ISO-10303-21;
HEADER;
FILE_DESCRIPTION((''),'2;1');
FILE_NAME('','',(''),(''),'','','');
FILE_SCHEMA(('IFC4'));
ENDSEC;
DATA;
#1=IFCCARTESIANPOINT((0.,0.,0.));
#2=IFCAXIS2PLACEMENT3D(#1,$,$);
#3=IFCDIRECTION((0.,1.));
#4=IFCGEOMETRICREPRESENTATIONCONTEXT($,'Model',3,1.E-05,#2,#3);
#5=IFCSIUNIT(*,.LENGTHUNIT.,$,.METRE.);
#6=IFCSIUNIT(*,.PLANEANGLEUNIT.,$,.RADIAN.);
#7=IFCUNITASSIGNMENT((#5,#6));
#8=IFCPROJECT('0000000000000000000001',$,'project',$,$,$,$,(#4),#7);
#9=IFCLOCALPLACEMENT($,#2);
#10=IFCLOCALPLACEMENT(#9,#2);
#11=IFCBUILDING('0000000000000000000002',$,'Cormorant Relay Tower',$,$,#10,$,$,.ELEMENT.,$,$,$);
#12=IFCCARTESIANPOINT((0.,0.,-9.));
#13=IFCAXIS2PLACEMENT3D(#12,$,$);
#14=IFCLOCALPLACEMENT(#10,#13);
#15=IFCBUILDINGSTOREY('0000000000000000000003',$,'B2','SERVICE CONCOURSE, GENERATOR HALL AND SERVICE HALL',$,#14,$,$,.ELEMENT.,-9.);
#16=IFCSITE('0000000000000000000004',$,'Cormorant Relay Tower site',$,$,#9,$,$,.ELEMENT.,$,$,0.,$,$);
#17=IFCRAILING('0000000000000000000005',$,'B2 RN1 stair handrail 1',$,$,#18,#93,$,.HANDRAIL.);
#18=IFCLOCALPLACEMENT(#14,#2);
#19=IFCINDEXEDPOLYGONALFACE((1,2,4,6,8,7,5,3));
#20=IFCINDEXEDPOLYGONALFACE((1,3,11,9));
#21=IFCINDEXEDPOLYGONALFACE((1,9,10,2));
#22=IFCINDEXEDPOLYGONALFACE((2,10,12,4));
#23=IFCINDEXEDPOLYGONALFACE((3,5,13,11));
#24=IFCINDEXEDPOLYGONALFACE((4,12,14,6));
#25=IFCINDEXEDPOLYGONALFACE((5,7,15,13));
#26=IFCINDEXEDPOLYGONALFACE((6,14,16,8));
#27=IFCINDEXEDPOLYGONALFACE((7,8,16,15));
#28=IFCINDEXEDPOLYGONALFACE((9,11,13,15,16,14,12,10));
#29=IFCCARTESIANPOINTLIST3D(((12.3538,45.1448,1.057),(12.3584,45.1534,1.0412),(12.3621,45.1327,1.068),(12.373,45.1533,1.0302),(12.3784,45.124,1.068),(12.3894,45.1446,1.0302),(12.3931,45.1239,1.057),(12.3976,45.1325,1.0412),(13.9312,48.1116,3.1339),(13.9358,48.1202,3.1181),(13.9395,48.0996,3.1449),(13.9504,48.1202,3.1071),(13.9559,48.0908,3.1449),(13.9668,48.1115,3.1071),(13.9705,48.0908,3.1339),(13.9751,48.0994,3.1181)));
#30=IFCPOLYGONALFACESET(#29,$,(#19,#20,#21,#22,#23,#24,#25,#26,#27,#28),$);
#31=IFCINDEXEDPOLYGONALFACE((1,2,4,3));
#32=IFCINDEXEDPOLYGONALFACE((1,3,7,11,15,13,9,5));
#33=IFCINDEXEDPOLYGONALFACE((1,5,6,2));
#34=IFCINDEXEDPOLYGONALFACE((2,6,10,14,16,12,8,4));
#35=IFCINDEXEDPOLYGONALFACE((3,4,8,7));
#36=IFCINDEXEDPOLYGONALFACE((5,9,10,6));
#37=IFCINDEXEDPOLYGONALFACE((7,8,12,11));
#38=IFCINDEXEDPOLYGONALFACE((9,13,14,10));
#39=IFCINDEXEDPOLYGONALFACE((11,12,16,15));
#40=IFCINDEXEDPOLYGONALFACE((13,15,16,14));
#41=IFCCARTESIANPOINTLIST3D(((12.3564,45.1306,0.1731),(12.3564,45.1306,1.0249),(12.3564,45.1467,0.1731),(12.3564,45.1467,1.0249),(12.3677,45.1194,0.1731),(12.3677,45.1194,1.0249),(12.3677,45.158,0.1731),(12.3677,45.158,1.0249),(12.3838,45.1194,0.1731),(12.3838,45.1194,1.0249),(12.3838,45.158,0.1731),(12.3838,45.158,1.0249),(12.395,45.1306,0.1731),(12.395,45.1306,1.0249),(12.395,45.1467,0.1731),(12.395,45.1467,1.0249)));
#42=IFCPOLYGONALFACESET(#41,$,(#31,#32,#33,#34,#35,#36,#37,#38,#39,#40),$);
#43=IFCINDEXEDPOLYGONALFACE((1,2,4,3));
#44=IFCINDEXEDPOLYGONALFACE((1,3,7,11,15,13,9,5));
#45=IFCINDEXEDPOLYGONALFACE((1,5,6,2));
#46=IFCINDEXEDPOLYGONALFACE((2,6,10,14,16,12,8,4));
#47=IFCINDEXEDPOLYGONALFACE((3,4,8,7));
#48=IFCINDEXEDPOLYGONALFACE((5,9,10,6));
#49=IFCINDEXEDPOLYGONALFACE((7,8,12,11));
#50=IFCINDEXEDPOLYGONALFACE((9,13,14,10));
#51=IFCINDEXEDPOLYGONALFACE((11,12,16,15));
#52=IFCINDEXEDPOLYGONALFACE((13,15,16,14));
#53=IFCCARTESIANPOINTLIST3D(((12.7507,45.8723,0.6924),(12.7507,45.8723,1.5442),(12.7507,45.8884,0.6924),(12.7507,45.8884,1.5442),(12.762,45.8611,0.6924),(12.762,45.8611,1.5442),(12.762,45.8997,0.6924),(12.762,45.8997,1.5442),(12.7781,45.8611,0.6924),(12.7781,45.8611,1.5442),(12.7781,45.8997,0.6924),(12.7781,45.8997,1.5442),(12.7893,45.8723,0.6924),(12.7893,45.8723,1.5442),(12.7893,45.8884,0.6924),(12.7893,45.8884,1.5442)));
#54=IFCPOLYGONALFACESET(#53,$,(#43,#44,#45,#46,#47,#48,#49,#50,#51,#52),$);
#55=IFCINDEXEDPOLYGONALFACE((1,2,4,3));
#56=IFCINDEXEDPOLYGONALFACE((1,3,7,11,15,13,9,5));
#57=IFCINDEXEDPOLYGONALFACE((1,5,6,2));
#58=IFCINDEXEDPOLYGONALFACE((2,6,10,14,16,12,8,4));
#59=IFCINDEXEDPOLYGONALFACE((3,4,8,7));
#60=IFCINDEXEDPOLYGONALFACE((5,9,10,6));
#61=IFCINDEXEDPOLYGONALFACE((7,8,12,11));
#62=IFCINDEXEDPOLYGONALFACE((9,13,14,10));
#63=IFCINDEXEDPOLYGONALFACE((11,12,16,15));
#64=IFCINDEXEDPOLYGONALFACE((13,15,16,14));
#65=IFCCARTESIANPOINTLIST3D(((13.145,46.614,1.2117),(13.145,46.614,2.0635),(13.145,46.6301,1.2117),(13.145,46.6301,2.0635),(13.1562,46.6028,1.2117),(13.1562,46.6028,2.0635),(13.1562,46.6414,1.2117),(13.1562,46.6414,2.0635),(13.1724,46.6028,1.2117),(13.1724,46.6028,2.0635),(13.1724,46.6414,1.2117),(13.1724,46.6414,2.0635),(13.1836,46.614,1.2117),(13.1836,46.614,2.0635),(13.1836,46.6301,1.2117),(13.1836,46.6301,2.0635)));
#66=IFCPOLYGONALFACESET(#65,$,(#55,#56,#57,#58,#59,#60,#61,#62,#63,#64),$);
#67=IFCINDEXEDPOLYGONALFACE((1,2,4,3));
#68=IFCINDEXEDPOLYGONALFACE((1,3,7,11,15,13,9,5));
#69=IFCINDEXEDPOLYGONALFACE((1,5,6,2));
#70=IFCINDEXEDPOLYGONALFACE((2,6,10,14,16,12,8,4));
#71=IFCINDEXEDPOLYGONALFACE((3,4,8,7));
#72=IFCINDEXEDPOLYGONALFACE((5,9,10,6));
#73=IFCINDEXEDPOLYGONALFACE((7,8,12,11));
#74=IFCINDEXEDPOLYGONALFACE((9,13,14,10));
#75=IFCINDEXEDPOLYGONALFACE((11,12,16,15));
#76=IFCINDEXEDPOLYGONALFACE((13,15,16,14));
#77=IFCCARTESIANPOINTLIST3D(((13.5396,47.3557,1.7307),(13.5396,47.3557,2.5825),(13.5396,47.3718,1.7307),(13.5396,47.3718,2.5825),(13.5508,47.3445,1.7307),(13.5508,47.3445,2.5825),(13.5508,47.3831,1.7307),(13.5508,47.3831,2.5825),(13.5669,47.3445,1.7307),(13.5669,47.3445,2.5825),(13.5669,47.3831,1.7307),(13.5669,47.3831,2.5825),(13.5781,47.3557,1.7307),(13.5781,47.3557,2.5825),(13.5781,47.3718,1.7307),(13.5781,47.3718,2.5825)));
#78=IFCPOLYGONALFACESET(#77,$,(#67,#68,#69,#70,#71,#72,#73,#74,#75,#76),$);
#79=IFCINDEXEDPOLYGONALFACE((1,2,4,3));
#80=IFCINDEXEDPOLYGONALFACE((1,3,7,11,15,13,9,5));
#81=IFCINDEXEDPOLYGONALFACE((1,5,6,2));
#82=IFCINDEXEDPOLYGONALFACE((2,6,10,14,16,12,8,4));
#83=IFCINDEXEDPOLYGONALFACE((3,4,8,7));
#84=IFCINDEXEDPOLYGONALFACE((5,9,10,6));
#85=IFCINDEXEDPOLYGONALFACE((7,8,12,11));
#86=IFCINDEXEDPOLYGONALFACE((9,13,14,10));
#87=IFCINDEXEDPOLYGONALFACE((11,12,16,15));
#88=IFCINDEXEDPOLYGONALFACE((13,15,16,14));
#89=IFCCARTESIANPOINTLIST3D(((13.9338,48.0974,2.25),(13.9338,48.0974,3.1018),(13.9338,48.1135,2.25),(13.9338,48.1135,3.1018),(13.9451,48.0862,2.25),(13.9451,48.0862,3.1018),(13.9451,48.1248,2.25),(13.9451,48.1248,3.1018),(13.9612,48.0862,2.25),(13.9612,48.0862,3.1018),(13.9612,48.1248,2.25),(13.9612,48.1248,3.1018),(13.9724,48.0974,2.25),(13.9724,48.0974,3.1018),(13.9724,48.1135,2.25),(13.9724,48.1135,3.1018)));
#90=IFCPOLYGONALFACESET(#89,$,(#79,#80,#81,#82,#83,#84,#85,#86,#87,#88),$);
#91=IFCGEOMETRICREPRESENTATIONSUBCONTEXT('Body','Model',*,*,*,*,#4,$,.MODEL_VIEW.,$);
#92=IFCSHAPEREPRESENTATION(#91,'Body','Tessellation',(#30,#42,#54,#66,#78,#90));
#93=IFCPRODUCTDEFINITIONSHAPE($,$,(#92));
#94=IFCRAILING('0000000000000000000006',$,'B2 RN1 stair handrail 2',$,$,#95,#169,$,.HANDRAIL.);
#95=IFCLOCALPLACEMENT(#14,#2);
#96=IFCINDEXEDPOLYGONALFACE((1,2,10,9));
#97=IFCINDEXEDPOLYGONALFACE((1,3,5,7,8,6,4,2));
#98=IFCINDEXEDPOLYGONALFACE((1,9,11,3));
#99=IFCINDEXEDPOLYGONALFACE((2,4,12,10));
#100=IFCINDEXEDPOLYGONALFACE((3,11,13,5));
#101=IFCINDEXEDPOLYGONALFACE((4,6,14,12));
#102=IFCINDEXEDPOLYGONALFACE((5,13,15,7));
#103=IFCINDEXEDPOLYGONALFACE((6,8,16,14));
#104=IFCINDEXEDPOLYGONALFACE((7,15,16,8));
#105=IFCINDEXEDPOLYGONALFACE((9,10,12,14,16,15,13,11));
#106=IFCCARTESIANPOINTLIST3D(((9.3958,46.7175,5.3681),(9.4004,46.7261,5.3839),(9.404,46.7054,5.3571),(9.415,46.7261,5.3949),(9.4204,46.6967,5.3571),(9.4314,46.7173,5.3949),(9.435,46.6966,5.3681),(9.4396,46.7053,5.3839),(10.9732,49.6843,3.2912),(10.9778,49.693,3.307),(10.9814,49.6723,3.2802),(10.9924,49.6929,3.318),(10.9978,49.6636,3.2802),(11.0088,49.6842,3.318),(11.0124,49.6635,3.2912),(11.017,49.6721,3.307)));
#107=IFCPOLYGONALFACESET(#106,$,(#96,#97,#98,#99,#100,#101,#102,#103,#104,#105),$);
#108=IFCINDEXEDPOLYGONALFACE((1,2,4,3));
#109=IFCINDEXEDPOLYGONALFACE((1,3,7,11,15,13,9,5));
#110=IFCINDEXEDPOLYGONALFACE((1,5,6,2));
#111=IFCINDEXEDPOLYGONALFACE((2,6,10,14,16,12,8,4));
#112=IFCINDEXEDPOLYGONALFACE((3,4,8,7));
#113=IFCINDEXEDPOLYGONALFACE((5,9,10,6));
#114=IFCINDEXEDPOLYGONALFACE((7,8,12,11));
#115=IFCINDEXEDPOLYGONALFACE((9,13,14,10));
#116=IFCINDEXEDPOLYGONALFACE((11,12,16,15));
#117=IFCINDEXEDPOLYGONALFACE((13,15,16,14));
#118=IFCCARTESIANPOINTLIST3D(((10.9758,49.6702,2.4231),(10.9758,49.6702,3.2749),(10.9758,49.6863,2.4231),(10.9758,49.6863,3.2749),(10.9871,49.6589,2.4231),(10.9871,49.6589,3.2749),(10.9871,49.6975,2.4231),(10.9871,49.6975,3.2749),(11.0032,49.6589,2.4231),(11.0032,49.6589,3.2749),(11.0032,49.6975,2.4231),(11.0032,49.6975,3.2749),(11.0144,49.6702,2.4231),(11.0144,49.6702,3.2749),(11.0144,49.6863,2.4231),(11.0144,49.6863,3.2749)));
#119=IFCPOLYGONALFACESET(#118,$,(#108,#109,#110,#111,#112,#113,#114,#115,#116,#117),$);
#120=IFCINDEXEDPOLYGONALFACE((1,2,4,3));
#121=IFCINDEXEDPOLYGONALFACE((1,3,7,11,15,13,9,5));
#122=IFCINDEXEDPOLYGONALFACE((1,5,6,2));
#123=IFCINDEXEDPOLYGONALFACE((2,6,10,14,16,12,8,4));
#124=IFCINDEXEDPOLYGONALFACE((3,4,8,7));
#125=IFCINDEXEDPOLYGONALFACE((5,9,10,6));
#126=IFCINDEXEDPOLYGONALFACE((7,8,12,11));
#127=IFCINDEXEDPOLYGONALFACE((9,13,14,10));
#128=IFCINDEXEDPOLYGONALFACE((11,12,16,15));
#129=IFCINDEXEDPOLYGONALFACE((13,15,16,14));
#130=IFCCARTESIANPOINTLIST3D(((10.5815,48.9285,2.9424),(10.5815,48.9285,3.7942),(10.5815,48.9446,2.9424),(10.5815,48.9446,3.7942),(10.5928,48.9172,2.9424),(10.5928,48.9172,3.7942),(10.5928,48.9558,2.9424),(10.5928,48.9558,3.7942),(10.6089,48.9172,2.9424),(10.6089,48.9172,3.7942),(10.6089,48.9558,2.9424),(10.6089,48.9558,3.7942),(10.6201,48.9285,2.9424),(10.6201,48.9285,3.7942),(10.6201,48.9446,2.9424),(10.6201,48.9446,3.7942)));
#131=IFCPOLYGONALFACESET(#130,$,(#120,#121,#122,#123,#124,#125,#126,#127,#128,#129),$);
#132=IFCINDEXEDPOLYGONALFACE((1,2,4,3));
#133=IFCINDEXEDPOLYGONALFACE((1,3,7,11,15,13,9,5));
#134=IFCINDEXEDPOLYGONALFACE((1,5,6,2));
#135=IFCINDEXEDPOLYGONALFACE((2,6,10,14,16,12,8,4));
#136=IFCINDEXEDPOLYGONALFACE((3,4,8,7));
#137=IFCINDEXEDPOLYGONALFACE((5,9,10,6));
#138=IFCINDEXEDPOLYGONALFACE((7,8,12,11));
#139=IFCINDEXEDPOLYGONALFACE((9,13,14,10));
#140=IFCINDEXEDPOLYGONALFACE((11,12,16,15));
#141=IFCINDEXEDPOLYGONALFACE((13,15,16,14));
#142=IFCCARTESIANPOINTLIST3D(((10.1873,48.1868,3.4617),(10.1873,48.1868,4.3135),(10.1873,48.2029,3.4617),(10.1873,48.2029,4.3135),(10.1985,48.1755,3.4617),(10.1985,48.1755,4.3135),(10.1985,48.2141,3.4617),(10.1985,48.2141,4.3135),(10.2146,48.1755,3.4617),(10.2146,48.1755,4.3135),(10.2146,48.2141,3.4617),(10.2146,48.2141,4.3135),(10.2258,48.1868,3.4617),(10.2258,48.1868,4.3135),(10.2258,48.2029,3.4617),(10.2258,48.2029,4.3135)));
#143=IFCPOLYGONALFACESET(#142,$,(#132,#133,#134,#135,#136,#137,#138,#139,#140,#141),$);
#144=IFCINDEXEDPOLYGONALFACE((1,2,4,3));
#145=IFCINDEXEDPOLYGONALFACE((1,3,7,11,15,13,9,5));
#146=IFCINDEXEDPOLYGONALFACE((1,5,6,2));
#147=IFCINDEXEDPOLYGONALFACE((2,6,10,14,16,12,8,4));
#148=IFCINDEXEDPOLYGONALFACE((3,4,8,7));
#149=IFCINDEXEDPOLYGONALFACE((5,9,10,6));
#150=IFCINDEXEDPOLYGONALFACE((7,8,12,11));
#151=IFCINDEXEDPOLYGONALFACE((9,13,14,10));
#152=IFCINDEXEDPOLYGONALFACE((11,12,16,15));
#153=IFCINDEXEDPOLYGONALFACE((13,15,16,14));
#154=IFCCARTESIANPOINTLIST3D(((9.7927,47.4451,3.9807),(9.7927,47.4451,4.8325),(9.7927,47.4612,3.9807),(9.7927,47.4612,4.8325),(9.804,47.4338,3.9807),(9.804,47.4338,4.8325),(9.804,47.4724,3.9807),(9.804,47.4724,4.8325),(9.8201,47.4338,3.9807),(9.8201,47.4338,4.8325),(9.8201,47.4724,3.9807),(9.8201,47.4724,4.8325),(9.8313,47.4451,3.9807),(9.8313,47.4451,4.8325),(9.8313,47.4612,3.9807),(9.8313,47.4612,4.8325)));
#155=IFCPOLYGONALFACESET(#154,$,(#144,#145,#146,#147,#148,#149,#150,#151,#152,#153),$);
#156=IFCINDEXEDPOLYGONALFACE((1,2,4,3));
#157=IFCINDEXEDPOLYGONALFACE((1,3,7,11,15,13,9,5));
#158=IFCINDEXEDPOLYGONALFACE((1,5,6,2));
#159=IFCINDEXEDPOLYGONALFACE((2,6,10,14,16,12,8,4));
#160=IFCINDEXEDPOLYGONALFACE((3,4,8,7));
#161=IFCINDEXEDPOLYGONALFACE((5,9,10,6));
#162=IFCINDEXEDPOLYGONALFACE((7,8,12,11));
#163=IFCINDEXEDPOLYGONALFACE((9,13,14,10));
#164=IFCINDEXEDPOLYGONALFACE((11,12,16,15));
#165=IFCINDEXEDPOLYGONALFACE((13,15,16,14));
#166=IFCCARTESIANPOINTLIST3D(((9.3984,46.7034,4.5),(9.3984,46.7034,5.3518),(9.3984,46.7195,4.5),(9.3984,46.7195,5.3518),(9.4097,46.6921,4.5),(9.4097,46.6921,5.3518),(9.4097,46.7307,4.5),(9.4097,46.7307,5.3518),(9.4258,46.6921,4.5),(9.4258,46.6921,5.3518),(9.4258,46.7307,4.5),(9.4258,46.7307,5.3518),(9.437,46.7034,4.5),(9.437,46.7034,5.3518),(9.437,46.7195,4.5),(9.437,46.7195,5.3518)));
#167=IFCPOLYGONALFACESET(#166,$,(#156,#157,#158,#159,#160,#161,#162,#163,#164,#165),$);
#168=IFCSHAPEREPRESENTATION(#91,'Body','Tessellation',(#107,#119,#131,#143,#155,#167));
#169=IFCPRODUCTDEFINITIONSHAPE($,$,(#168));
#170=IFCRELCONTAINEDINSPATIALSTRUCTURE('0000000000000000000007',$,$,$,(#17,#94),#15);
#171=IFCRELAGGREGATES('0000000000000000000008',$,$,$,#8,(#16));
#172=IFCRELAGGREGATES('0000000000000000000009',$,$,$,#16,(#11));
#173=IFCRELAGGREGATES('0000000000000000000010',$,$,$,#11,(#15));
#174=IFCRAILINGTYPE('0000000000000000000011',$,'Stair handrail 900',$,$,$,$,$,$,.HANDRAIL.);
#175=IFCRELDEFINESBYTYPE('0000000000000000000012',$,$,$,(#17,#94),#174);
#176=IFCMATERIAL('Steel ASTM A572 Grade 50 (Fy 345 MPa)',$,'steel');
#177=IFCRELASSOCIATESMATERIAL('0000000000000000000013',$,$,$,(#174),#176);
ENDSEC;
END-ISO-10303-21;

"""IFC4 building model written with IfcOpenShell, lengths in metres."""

from ifc_helpers import new_model, si_unit, direction, frame, origin, place, context, subcontext, project, spatial, polyline, outline, extrude, material, type_object, element, save


model = new_model("IFC4")

# Units and contexts
model_context = context("Model", 3, precision=1e-05, world=origin(), true_north=direction((0.0, 1.0)))
body_context = subcontext(model_context, "Body", "Model", "MODEL_VIEW")
ifc_project = project(units=[si_unit("LENGTHUNIT", "METRE"), si_unit("PLANEANGLEUNIT", "RADIAN")], contexts=[model_context])

# Site, building, storey
site_placement = place(None, origin())
site = spatial("IfcSite", under=ifc_project, at=site_placement, Name="Cormorant Relay Tower site", CompositionType="ELEMENT", RefElevation=0.0)
building_placement = place(site_placement, origin())
building = spatial("IfcBuilding", under=site, at=building_placement, Name="Cormorant Relay Tower", CompositionType="ELEMENT")
storey_placement = place(building_placement, frame((0.0, 0.0, -9.0)))
storey = spatial("IfcBuildingStorey", under=building, at=storey_placement, Name="B2", Description="SERVICE CONCOURSE, GENERATOR HALL AND SERVICE HALL", CompositionType="ELEMENT", Elevation=-9.0)

# Railings
ifc_material_1 = material(Name="Steel ASTM A572 Grade 50 (Fy 345 MPa)", Category="steel")
railing_type_1 = type_object("IfcRailingType", Name="Stair handrail 900", PredefinedType="HANDRAIL", material=ifc_material_1)
railing_1_placement = place(storey_placement, frame((12.3757, 45.1387, 0.1731)))
element("IfcRailing", 1, at=railing_1_placement, inside=storey, type_object=railing_type_1, Name="B2 RN1 stair handrail 1", PredefinedType="HANDRAIL", context=body_context, shape_type="SweptSolid", body=[
    extrude(outline(polyline([(0.0222, 0.0093), (0.0093, 0.0222), (-0.0093, 0.0222), (-0.0222, 0.0093), (-0.0222, -0.0093), (-0.0093, -0.0222), (0.0093, -0.0222), (0.0222, -0.0093), (0.0222, 0.0093)])), frame((0.0, 0.0, 0.876), z_axis=(0.399326, 0.751062, 0.52578), x_axis=(-0.882958, 0.469453, 0.0)), (0.0, 0.0, 1.0), 3.9502),
    extrude(outline(polyline([(0.0193, 0.0081), (0.0081, 0.0193), (-0.0081, 0.0193), (-0.0193, 0.0081), (-0.0193, -0.0081), (-0.0081, -0.0193), (0.0081, -0.0193), (0.0193, -0.0081), (0.0193, 0.0081)])), origin(), (0.0, 0.0, 1.0), 0.8518),
    extrude(outline(polyline([(0.0193, 0.0081), (0.0081, 0.0193), (-0.0081, 0.0193), (-0.0193, 0.0081), (-0.0193, -0.0081), (-0.0081, -0.0193), (0.0081, -0.0193), (0.0193, -0.0081), (0.0193, 0.0081)])), frame((0.3943, 0.7417, 0.5193)), (0.0, 0.0, 1.0), 0.8518),
    extrude(outline(polyline([(0.0193, 0.0081), (0.0081, 0.0193), (-0.0081, 0.0193), (-0.0193, 0.0081), (-0.0193, -0.0081), (-0.0081, -0.0193), (0.0081, -0.0193), (0.0193, -0.0081), (0.0193, 0.0081)])), frame((0.7886, 1.4834, 1.0386)), (0.0, 0.0, 1.0), 0.8518),
    extrude(outline(polyline([(0.0193, 0.0081), (0.0081, 0.0193), (-0.0081, 0.0193), (-0.0193, 0.0081), (-0.0193, -0.0081), (-0.0081, -0.0193), (0.0081, -0.0193), (0.0193, -0.0081), (0.0193, 0.0081)])), frame((1.1831, 2.2251, 1.5576)), (0.0, 0.0, 1.0), 0.8518),
    extrude(outline(polyline([(0.0193, 0.0081), (0.0081, 0.0193), (-0.0081, 0.0193), (-0.0193, 0.0081), (-0.0193, -0.0081), (-0.0081, -0.0193), (0.0081, -0.0193), (0.0193, -0.0081), (0.0193, 0.0081)])), frame((1.5774, 2.9668, 2.0769)), (0.0, 0.0, 1.0), 0.8518),
])
railing_2_placement = place(storey_placement, frame((10.9951, 49.6782, 2.4231)))
element("IfcRailing", 2, at=railing_2_placement, inside=storey, type_object=railing_type_1, Name="B2 RN1 stair handrail 2", PredefinedType="HANDRAIL", context=body_context, shape_type="SweptSolid", body=[
    extrude(outline(polyline([(0.0222, 0.0093), (0.0093, 0.0222), (-0.0093, 0.0222), (-0.0222, 0.0093), (-0.0222, -0.0093), (-0.0093, -0.0222), (0.0093, -0.0222), (0.0222, -0.0093), (0.0222, 0.0093)])), frame((0.0, 0.0, 0.876), z_axis=(-0.399326, -0.751062, 0.52578), x_axis=(0.882958, -0.469453, 0.0)), (0.0, 0.0, 1.0), 3.9502),
    extrude(outline(polyline([(0.0193, 0.0081), (0.0081, 0.0193), (-0.0081, 0.0193), (-0.0193, 0.0081), (-0.0193, -0.0081), (-0.0081, -0.0193), (0.0081, -0.0193), (0.0193, -0.0081), (0.0193, 0.0081)])), origin(), (0.0, 0.0, 1.0), 0.8518),
    extrude(outline(polyline([(0.0193, 0.0081), (0.0081, 0.0193), (-0.0081, 0.0193), (-0.0193, 0.0081), (-0.0193, -0.0081), (-0.0081, -0.0193), (0.0081, -0.0193), (0.0193, -0.0081), (0.0193, 0.0081)])), frame((-0.3943, -0.7417, 0.5193)), (0.0, 0.0, 1.0), 0.8518),
    extrude(outline(polyline([(0.0193, 0.0081), (0.0081, 0.0193), (-0.0081, 0.0193), (-0.0193, 0.0081), (-0.0193, -0.0081), (-0.0081, -0.0193), (0.0081, -0.0193), (0.0193, -0.0081), (0.0193, 0.0081)])), frame((-0.7886, -1.4834, 1.0386)), (0.0, 0.0, 1.0), 0.8518),
    extrude(outline(polyline([(0.0193, 0.0081), (0.0081, 0.0193), (-0.0081, 0.0193), (-0.0193, 0.0081), (-0.0193, -0.0081), (-0.0081, -0.0193), (0.0081, -0.0193), (0.0193, -0.0081), (0.0193, 0.0081)])), frame((-1.1831, -2.2251, 1.5576)), (0.0, 0.0, 1.0), 0.8518),
    extrude(outline(polyline([(0.0193, 0.0081), (0.0081, 0.0193), (-0.0081, 0.0193), (-0.0193, 0.0081), (-0.0193, -0.0081), (-0.0081, -0.0193), (0.0081, -0.0193), (0.0193, -0.0081), (0.0193, 0.0081)])), frame((-1.5774, -2.9668, 2.0769)), (0.0, 0.0, 1.0), 0.8518),
])

save(model, "model.ifc")
